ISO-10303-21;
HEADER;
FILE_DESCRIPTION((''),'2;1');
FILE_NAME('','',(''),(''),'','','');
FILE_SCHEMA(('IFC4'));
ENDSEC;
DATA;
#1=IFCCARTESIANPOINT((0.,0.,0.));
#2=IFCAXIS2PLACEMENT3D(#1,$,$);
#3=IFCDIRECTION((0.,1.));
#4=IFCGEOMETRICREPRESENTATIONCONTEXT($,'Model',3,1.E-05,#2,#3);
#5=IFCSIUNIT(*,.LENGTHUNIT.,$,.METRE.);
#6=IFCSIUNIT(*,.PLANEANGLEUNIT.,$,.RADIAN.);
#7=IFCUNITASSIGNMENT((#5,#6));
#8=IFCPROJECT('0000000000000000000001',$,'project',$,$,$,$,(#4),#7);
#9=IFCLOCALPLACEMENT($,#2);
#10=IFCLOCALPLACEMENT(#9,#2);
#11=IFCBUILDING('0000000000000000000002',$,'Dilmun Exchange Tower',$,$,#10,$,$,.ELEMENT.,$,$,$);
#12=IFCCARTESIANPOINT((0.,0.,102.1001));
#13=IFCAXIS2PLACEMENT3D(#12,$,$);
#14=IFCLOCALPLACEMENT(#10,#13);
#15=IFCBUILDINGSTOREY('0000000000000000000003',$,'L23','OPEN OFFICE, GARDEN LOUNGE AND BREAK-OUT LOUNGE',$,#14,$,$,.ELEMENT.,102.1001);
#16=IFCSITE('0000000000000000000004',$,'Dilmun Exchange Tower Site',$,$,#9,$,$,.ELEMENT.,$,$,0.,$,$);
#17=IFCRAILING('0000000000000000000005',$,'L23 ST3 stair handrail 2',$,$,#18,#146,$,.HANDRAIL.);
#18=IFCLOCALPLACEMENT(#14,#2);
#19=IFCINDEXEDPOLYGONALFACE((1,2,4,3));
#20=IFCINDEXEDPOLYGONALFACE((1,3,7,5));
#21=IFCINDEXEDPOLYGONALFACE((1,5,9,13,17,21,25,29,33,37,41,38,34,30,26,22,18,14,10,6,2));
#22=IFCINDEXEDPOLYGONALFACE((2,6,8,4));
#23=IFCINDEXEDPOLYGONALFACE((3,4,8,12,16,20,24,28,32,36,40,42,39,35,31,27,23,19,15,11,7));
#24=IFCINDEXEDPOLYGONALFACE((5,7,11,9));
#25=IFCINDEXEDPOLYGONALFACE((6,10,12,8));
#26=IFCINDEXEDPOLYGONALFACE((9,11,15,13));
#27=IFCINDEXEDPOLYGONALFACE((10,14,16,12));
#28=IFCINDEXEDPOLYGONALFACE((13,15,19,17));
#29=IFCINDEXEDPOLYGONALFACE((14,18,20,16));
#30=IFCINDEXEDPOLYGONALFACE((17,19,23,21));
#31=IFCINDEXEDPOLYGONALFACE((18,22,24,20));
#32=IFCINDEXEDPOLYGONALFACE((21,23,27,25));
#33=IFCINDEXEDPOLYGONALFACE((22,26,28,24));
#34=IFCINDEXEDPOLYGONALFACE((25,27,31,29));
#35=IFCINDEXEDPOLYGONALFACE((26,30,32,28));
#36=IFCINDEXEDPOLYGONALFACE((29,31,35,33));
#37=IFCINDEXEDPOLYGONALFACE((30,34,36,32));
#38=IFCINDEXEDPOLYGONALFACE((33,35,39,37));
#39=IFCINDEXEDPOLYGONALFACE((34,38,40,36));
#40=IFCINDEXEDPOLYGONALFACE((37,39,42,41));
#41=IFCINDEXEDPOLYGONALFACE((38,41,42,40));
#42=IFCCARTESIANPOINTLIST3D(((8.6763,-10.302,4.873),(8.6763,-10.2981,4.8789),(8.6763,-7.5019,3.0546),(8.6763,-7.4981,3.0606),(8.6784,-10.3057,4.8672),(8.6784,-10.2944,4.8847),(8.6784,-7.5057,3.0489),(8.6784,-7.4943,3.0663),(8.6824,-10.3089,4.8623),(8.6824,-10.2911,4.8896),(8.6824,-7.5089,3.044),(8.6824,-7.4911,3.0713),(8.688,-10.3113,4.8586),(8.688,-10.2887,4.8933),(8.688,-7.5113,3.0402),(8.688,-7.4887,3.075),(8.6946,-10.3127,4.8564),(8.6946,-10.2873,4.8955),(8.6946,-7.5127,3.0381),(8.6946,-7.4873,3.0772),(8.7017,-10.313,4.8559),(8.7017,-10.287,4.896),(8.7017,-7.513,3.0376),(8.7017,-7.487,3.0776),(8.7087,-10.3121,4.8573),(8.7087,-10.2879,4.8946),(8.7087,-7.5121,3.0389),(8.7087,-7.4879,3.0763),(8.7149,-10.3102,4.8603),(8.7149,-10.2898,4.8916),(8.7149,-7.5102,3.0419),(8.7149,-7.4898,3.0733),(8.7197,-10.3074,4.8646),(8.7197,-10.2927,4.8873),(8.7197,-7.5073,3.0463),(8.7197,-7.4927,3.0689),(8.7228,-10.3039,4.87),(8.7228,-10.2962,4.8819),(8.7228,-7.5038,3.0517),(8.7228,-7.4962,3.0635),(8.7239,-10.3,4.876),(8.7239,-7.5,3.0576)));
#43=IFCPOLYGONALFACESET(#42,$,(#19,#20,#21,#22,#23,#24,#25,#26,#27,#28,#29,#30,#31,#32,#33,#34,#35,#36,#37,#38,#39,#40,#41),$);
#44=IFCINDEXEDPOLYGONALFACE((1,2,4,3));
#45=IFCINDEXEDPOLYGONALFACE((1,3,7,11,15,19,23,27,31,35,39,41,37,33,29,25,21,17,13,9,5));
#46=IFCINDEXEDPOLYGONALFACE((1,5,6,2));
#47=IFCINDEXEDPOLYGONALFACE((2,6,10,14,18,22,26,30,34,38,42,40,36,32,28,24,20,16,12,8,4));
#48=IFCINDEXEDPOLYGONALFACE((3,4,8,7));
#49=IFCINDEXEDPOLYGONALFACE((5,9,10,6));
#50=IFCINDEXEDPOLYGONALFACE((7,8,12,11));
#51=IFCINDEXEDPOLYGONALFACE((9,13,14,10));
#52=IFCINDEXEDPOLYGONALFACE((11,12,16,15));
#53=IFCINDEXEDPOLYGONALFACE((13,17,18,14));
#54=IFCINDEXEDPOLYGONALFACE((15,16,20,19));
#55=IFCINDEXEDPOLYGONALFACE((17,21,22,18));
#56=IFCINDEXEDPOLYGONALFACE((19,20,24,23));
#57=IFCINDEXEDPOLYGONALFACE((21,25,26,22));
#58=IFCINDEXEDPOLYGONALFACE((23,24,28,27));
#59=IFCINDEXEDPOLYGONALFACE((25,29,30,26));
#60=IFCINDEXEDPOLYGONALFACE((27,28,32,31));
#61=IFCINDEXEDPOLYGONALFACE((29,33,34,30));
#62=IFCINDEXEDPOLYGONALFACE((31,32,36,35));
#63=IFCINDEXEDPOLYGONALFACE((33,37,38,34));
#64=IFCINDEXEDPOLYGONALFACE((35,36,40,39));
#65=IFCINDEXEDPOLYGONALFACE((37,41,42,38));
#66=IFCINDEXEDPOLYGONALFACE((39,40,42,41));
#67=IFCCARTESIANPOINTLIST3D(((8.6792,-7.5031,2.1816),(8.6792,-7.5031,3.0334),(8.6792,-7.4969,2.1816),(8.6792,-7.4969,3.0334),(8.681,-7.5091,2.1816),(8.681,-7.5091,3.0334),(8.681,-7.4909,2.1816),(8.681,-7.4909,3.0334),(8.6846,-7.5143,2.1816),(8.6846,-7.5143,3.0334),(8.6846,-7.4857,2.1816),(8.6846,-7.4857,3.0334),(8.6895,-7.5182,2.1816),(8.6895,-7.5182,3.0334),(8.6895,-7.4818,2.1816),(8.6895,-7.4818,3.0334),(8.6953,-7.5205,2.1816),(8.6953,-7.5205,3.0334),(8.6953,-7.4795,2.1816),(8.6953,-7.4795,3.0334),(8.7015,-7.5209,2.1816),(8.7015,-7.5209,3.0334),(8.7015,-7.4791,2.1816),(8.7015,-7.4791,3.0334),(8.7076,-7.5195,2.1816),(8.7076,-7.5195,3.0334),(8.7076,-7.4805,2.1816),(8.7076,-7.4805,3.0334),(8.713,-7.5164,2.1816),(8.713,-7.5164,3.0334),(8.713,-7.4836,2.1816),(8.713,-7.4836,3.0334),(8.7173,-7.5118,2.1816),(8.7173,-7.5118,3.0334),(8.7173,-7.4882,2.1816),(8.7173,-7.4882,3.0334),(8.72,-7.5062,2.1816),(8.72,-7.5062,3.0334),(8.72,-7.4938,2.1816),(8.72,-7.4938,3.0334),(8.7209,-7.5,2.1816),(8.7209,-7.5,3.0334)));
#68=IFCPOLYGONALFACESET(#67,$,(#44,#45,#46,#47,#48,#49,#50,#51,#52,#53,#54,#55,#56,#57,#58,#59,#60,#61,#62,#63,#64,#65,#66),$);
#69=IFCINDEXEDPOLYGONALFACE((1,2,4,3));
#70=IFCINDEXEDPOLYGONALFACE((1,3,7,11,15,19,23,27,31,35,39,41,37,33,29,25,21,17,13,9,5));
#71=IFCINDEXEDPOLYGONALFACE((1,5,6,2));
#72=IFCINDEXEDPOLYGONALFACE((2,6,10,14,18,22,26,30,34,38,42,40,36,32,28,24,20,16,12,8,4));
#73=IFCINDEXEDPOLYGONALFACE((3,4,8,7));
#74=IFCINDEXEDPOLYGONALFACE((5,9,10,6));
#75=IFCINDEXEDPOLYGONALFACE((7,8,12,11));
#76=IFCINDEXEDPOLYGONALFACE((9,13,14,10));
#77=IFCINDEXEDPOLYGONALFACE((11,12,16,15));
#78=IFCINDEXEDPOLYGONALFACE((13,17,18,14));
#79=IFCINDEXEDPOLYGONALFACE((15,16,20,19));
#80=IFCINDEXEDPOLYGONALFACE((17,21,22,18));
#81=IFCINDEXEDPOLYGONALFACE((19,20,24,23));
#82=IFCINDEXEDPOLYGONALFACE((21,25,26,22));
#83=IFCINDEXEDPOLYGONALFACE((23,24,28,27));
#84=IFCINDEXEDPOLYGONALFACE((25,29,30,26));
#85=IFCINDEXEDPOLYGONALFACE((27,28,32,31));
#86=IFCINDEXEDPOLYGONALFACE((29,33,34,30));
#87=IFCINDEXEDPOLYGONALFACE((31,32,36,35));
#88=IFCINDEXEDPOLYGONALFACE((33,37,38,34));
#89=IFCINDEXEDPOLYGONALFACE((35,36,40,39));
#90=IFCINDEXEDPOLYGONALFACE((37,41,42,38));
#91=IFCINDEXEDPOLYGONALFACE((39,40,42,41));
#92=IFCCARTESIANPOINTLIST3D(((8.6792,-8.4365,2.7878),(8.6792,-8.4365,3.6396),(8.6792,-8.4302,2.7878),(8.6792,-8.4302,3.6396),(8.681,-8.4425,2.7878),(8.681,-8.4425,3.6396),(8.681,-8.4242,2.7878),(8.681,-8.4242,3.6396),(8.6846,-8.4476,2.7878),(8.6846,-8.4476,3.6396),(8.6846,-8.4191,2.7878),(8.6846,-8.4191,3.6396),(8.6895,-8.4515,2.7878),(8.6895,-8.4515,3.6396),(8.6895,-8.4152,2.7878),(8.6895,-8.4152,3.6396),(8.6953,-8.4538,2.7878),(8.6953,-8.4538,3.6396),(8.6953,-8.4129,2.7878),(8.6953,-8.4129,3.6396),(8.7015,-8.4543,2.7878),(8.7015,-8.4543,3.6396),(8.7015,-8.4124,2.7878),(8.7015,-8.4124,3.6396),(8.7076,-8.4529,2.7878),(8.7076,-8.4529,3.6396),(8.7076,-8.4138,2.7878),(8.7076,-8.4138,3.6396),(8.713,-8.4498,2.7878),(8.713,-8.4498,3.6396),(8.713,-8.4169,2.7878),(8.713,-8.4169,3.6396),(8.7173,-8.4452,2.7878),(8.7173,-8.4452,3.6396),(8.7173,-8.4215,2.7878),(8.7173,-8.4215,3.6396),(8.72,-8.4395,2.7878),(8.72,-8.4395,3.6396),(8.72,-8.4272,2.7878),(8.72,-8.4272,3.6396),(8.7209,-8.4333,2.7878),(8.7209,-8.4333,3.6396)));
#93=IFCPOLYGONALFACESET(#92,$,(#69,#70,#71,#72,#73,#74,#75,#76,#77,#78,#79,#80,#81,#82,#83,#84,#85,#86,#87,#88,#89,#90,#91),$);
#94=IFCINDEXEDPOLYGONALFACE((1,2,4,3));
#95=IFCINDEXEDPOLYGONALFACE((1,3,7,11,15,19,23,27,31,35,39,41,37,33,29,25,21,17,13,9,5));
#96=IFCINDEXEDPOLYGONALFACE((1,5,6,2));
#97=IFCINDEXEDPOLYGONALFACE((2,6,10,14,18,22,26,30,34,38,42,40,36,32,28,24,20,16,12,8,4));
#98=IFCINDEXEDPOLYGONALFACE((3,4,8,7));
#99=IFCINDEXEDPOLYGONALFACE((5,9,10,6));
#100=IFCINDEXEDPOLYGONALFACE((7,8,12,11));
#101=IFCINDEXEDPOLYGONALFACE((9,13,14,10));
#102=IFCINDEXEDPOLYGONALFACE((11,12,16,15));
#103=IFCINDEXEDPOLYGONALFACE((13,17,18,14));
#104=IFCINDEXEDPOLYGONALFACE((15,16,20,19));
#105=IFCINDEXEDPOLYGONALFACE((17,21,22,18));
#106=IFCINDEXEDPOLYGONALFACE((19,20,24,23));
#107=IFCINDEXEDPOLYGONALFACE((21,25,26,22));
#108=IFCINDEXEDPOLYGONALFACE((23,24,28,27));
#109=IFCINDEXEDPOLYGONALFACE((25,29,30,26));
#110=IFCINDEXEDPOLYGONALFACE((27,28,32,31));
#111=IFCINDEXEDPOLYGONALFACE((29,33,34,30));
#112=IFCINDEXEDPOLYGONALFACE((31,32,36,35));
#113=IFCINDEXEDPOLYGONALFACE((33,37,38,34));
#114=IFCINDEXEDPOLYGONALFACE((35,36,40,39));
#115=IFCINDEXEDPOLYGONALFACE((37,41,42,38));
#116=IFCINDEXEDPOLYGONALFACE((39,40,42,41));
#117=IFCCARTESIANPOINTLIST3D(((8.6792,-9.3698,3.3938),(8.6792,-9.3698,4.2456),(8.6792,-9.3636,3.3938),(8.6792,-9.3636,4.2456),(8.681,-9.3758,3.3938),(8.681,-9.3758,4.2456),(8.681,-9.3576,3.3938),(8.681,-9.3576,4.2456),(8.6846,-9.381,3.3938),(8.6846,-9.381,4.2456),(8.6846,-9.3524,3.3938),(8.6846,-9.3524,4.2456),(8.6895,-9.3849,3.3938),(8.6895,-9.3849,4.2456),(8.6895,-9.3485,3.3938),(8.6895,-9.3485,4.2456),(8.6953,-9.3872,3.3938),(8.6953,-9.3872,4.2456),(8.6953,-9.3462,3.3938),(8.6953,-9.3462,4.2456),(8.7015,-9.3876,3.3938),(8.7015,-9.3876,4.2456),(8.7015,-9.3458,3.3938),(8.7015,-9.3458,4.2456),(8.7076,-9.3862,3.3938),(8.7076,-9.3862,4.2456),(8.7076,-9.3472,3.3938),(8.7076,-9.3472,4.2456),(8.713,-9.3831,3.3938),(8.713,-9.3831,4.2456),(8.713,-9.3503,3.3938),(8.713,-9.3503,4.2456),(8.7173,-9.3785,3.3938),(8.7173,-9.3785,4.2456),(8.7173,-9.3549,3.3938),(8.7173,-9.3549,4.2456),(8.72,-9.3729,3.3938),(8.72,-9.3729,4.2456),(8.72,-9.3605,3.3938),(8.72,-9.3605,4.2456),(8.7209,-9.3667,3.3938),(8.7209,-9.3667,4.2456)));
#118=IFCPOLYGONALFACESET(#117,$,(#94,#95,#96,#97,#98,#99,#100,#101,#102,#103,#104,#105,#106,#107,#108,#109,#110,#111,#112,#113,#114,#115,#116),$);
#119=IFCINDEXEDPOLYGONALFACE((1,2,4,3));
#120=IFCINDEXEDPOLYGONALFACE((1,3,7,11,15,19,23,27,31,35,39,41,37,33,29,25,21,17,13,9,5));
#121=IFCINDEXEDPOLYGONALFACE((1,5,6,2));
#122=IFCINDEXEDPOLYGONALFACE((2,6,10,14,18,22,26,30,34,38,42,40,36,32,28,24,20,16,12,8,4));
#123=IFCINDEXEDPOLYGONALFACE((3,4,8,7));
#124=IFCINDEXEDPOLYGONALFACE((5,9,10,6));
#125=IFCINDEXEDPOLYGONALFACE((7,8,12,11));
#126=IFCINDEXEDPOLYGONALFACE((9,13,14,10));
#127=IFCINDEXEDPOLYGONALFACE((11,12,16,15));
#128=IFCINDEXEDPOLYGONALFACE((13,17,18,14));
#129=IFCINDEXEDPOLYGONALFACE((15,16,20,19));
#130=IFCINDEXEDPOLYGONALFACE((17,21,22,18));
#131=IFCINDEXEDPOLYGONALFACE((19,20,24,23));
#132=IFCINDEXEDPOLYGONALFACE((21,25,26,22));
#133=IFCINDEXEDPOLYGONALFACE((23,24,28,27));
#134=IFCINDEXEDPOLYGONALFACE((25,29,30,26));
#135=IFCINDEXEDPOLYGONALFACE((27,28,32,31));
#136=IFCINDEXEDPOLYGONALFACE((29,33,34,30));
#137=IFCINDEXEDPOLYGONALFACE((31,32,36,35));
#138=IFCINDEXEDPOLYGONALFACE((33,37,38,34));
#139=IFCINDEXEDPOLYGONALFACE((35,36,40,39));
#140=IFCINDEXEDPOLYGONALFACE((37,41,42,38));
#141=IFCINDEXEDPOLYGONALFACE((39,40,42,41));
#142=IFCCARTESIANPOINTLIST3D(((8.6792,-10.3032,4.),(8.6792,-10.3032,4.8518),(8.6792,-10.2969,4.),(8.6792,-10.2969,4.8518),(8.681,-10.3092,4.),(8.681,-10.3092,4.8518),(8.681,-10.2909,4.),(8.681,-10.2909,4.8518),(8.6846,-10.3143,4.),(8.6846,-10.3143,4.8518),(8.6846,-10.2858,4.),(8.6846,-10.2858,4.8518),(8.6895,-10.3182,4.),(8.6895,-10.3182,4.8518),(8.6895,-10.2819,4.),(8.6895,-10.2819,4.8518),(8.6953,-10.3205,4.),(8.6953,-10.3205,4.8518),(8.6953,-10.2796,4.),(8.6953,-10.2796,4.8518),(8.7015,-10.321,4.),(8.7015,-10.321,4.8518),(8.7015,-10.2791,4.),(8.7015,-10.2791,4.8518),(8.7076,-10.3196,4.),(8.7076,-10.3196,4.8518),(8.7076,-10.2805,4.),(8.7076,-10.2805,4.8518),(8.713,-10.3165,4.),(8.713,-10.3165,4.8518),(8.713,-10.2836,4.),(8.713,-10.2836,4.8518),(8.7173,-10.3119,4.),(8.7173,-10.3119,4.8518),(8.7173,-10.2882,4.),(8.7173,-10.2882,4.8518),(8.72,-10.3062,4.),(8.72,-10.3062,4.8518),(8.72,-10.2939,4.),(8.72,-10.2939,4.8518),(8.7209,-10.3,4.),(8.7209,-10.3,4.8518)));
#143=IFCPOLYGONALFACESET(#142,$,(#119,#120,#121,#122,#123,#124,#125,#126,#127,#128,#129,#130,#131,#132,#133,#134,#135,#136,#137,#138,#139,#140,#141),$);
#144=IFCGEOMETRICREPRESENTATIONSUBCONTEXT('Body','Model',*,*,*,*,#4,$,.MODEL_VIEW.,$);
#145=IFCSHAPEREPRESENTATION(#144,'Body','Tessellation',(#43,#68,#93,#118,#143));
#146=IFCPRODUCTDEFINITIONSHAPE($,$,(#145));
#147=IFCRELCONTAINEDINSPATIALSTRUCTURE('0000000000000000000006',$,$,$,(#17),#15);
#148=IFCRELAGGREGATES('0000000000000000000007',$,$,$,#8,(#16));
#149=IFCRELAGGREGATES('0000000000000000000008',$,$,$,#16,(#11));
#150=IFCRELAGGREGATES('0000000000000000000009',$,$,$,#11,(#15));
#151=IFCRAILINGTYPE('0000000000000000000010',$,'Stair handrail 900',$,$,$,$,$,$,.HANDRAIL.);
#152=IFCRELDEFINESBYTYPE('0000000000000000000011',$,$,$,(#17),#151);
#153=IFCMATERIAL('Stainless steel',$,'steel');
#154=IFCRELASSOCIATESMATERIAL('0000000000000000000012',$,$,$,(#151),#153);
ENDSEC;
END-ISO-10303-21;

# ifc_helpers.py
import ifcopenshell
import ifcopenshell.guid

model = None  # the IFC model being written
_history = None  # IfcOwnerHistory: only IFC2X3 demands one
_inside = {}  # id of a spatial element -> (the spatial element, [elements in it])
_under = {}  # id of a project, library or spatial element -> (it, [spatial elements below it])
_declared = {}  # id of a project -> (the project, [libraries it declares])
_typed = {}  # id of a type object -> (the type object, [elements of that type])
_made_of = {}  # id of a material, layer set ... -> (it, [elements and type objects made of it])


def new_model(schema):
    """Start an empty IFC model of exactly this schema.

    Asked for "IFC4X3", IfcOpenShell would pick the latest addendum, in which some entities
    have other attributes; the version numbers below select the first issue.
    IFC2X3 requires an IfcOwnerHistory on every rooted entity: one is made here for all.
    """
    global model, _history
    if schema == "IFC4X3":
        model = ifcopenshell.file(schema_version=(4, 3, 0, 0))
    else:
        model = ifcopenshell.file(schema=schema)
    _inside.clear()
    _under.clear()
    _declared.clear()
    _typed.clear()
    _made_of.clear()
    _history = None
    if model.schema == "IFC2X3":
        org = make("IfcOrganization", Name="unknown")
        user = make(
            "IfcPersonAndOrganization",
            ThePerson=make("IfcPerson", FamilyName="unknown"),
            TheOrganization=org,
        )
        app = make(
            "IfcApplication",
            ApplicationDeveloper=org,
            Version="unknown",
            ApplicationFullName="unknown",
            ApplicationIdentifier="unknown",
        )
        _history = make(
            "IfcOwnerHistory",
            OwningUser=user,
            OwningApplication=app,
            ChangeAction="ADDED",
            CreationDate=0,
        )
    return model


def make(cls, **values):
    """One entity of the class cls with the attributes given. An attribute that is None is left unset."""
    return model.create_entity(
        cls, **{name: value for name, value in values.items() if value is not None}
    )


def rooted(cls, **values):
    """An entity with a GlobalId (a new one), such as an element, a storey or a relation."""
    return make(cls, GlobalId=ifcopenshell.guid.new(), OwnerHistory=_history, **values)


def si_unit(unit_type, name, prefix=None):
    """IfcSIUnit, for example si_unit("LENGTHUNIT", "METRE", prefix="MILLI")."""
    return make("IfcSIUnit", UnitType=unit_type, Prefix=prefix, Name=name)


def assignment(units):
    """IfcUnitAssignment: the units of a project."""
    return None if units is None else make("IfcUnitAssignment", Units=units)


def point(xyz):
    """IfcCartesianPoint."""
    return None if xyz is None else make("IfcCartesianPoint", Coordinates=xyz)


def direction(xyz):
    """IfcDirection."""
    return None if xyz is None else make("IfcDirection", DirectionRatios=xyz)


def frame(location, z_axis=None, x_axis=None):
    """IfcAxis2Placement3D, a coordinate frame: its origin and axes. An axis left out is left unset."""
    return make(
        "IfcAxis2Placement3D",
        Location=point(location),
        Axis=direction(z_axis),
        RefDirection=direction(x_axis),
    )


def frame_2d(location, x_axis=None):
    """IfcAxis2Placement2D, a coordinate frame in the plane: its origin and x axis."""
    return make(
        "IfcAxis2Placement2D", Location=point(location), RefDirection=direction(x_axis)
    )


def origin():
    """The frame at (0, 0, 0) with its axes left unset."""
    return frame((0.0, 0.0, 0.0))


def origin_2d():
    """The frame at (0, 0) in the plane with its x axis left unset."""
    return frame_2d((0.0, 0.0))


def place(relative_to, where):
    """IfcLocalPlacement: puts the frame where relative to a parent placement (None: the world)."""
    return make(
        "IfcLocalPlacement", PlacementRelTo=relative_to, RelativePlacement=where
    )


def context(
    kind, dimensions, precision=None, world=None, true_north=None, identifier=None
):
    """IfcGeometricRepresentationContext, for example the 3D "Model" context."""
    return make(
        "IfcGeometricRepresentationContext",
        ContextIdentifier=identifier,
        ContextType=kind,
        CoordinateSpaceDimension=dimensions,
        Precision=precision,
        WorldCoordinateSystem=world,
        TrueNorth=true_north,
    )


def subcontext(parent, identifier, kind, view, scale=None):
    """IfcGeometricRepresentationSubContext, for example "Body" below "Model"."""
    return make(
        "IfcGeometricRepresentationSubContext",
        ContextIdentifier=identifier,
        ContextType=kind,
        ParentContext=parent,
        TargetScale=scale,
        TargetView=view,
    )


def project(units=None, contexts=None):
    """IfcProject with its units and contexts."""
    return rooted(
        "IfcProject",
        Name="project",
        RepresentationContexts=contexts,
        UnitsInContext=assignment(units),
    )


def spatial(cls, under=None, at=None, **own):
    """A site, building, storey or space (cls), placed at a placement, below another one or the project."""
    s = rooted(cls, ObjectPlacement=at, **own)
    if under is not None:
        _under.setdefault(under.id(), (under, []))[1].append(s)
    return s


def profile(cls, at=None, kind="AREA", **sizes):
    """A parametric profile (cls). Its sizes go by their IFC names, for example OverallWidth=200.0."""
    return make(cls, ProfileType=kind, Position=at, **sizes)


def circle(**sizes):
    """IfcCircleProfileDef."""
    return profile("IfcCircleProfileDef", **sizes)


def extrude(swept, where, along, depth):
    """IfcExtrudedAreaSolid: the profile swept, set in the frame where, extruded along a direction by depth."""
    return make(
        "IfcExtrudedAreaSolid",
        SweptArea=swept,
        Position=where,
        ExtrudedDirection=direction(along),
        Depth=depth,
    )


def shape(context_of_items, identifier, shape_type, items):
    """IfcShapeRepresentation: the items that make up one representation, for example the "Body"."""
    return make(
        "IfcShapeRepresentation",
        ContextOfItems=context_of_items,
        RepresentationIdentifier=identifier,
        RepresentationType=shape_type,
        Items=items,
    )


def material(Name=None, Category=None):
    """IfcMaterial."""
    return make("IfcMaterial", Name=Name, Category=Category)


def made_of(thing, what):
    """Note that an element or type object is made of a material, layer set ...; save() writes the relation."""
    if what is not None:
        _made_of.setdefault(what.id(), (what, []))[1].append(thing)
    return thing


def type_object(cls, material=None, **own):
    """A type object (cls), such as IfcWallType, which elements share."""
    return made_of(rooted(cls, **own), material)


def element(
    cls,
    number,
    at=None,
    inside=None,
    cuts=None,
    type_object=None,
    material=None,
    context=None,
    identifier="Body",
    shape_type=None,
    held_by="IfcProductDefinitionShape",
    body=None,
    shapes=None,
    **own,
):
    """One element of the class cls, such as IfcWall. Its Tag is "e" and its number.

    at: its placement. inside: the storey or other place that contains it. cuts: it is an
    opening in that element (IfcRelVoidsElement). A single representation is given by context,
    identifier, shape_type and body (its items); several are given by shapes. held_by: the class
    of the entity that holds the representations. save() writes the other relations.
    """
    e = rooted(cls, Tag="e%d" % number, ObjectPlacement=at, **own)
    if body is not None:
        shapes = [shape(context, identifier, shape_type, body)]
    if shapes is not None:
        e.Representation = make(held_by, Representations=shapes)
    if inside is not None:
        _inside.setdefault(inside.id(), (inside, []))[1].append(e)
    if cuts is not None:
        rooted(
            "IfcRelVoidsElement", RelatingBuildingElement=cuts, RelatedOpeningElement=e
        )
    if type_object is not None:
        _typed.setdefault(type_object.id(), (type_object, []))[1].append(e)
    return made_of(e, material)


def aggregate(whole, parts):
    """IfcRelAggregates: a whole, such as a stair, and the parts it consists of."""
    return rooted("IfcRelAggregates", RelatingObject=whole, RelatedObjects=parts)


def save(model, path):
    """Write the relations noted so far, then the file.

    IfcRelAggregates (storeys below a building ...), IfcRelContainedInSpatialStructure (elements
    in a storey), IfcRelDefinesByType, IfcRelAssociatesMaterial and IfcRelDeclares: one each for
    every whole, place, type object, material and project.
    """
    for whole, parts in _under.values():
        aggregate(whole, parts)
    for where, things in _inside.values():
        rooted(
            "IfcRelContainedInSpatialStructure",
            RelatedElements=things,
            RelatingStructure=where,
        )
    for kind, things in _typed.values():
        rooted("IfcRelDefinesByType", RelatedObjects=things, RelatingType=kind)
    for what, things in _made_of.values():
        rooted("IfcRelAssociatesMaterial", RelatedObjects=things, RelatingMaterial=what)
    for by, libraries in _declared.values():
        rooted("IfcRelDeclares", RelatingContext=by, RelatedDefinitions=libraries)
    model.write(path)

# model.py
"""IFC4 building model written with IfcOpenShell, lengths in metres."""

from ifc_helpers import new_model, si_unit, direction, frame, origin, origin_2d, place, context, subcontext, project, spatial, circle, extrude, material, type_object, element, save


model = new_model("IFC4")

# Units and contexts
model_context = context("Model", 3, precision=1e-05, world=origin(), true_north=direction((0.0, 1.0)))
body_context = subcontext(model_context, "Body", "Model", "MODEL_VIEW")
ifc_project = project(units=[si_unit("LENGTHUNIT", "METRE"), si_unit("PLANEANGLEUNIT", "RADIAN")], contexts=[model_context])

# Site, building, storey
site_placement = place(None, origin())
site = spatial("IfcSite", under=ifc_project, at=site_placement, Name="Dilmun Exchange Tower Site", CompositionType="ELEMENT", RefElevation=0.0)
building_placement = place(site_placement, origin())
building = spatial("IfcBuilding", under=site, at=building_placement, Name="Dilmun Exchange Tower", CompositionType="ELEMENT")
storey_placement = place(building_placement, frame((0.0, 0.0, 102.1001)))
storey = spatial("IfcBuildingStorey", under=building, at=storey_placement, Name="L23", Description="OPEN OFFICE, GARDEN LOUNGE AND BREAK-OUT LOUNGE", CompositionType="ELEMENT", Elevation=102.1001)

# Railing
ifc_material_1 = material(Name="Stainless steel", Category="steel")
railing_type = type_object("IfcRailingType", Name="Stair handrail 900", PredefinedType="HANDRAIL", material=ifc_material_1)
railing_placement = place(storey_placement, frame((8.7, -7.5, 2.1816)))
element("IfcRailing", 1, at=railing_placement, inside=storey, type_object=railing_type, Name="L23 ST3 stair handrail 2", PredefinedType="HANDRAIL", context=body_context, shape_type="SweptSolid", body=[
    extrude(circle(Radius=0.0239, at=origin_2d()), frame((0.0, 0.0, 0.876), z_axis=(0.0, -0.838672, 0.544636), x_axis=(1.0, 0.0, 0.0)), (0.0, 0.0, 1.0), 3.3386),
    extrude(circle(Radius=0.021, at=origin_2d()), origin(), (0.0, 0.0, 1.0), 0.8518),
    extrude(circle(Radius=0.021, at=origin_2d()), frame((0.0, -0.9333, 0.6062)), (0.0, 0.0, 1.0), 0.8518),
    extrude(circle(Radius=0.021, at=origin_2d()), frame((0.0, -1.8667, 1.2122)), (0.0, 0.0, 1.0), 0.8518),
    extrude(circle(Radius=0.021, at=origin_2d()), frame((0.0, -2.8, 1.8184)), (0.0, 0.0, 1.0), 0.8518),
])

save(model, "model.ifc")
